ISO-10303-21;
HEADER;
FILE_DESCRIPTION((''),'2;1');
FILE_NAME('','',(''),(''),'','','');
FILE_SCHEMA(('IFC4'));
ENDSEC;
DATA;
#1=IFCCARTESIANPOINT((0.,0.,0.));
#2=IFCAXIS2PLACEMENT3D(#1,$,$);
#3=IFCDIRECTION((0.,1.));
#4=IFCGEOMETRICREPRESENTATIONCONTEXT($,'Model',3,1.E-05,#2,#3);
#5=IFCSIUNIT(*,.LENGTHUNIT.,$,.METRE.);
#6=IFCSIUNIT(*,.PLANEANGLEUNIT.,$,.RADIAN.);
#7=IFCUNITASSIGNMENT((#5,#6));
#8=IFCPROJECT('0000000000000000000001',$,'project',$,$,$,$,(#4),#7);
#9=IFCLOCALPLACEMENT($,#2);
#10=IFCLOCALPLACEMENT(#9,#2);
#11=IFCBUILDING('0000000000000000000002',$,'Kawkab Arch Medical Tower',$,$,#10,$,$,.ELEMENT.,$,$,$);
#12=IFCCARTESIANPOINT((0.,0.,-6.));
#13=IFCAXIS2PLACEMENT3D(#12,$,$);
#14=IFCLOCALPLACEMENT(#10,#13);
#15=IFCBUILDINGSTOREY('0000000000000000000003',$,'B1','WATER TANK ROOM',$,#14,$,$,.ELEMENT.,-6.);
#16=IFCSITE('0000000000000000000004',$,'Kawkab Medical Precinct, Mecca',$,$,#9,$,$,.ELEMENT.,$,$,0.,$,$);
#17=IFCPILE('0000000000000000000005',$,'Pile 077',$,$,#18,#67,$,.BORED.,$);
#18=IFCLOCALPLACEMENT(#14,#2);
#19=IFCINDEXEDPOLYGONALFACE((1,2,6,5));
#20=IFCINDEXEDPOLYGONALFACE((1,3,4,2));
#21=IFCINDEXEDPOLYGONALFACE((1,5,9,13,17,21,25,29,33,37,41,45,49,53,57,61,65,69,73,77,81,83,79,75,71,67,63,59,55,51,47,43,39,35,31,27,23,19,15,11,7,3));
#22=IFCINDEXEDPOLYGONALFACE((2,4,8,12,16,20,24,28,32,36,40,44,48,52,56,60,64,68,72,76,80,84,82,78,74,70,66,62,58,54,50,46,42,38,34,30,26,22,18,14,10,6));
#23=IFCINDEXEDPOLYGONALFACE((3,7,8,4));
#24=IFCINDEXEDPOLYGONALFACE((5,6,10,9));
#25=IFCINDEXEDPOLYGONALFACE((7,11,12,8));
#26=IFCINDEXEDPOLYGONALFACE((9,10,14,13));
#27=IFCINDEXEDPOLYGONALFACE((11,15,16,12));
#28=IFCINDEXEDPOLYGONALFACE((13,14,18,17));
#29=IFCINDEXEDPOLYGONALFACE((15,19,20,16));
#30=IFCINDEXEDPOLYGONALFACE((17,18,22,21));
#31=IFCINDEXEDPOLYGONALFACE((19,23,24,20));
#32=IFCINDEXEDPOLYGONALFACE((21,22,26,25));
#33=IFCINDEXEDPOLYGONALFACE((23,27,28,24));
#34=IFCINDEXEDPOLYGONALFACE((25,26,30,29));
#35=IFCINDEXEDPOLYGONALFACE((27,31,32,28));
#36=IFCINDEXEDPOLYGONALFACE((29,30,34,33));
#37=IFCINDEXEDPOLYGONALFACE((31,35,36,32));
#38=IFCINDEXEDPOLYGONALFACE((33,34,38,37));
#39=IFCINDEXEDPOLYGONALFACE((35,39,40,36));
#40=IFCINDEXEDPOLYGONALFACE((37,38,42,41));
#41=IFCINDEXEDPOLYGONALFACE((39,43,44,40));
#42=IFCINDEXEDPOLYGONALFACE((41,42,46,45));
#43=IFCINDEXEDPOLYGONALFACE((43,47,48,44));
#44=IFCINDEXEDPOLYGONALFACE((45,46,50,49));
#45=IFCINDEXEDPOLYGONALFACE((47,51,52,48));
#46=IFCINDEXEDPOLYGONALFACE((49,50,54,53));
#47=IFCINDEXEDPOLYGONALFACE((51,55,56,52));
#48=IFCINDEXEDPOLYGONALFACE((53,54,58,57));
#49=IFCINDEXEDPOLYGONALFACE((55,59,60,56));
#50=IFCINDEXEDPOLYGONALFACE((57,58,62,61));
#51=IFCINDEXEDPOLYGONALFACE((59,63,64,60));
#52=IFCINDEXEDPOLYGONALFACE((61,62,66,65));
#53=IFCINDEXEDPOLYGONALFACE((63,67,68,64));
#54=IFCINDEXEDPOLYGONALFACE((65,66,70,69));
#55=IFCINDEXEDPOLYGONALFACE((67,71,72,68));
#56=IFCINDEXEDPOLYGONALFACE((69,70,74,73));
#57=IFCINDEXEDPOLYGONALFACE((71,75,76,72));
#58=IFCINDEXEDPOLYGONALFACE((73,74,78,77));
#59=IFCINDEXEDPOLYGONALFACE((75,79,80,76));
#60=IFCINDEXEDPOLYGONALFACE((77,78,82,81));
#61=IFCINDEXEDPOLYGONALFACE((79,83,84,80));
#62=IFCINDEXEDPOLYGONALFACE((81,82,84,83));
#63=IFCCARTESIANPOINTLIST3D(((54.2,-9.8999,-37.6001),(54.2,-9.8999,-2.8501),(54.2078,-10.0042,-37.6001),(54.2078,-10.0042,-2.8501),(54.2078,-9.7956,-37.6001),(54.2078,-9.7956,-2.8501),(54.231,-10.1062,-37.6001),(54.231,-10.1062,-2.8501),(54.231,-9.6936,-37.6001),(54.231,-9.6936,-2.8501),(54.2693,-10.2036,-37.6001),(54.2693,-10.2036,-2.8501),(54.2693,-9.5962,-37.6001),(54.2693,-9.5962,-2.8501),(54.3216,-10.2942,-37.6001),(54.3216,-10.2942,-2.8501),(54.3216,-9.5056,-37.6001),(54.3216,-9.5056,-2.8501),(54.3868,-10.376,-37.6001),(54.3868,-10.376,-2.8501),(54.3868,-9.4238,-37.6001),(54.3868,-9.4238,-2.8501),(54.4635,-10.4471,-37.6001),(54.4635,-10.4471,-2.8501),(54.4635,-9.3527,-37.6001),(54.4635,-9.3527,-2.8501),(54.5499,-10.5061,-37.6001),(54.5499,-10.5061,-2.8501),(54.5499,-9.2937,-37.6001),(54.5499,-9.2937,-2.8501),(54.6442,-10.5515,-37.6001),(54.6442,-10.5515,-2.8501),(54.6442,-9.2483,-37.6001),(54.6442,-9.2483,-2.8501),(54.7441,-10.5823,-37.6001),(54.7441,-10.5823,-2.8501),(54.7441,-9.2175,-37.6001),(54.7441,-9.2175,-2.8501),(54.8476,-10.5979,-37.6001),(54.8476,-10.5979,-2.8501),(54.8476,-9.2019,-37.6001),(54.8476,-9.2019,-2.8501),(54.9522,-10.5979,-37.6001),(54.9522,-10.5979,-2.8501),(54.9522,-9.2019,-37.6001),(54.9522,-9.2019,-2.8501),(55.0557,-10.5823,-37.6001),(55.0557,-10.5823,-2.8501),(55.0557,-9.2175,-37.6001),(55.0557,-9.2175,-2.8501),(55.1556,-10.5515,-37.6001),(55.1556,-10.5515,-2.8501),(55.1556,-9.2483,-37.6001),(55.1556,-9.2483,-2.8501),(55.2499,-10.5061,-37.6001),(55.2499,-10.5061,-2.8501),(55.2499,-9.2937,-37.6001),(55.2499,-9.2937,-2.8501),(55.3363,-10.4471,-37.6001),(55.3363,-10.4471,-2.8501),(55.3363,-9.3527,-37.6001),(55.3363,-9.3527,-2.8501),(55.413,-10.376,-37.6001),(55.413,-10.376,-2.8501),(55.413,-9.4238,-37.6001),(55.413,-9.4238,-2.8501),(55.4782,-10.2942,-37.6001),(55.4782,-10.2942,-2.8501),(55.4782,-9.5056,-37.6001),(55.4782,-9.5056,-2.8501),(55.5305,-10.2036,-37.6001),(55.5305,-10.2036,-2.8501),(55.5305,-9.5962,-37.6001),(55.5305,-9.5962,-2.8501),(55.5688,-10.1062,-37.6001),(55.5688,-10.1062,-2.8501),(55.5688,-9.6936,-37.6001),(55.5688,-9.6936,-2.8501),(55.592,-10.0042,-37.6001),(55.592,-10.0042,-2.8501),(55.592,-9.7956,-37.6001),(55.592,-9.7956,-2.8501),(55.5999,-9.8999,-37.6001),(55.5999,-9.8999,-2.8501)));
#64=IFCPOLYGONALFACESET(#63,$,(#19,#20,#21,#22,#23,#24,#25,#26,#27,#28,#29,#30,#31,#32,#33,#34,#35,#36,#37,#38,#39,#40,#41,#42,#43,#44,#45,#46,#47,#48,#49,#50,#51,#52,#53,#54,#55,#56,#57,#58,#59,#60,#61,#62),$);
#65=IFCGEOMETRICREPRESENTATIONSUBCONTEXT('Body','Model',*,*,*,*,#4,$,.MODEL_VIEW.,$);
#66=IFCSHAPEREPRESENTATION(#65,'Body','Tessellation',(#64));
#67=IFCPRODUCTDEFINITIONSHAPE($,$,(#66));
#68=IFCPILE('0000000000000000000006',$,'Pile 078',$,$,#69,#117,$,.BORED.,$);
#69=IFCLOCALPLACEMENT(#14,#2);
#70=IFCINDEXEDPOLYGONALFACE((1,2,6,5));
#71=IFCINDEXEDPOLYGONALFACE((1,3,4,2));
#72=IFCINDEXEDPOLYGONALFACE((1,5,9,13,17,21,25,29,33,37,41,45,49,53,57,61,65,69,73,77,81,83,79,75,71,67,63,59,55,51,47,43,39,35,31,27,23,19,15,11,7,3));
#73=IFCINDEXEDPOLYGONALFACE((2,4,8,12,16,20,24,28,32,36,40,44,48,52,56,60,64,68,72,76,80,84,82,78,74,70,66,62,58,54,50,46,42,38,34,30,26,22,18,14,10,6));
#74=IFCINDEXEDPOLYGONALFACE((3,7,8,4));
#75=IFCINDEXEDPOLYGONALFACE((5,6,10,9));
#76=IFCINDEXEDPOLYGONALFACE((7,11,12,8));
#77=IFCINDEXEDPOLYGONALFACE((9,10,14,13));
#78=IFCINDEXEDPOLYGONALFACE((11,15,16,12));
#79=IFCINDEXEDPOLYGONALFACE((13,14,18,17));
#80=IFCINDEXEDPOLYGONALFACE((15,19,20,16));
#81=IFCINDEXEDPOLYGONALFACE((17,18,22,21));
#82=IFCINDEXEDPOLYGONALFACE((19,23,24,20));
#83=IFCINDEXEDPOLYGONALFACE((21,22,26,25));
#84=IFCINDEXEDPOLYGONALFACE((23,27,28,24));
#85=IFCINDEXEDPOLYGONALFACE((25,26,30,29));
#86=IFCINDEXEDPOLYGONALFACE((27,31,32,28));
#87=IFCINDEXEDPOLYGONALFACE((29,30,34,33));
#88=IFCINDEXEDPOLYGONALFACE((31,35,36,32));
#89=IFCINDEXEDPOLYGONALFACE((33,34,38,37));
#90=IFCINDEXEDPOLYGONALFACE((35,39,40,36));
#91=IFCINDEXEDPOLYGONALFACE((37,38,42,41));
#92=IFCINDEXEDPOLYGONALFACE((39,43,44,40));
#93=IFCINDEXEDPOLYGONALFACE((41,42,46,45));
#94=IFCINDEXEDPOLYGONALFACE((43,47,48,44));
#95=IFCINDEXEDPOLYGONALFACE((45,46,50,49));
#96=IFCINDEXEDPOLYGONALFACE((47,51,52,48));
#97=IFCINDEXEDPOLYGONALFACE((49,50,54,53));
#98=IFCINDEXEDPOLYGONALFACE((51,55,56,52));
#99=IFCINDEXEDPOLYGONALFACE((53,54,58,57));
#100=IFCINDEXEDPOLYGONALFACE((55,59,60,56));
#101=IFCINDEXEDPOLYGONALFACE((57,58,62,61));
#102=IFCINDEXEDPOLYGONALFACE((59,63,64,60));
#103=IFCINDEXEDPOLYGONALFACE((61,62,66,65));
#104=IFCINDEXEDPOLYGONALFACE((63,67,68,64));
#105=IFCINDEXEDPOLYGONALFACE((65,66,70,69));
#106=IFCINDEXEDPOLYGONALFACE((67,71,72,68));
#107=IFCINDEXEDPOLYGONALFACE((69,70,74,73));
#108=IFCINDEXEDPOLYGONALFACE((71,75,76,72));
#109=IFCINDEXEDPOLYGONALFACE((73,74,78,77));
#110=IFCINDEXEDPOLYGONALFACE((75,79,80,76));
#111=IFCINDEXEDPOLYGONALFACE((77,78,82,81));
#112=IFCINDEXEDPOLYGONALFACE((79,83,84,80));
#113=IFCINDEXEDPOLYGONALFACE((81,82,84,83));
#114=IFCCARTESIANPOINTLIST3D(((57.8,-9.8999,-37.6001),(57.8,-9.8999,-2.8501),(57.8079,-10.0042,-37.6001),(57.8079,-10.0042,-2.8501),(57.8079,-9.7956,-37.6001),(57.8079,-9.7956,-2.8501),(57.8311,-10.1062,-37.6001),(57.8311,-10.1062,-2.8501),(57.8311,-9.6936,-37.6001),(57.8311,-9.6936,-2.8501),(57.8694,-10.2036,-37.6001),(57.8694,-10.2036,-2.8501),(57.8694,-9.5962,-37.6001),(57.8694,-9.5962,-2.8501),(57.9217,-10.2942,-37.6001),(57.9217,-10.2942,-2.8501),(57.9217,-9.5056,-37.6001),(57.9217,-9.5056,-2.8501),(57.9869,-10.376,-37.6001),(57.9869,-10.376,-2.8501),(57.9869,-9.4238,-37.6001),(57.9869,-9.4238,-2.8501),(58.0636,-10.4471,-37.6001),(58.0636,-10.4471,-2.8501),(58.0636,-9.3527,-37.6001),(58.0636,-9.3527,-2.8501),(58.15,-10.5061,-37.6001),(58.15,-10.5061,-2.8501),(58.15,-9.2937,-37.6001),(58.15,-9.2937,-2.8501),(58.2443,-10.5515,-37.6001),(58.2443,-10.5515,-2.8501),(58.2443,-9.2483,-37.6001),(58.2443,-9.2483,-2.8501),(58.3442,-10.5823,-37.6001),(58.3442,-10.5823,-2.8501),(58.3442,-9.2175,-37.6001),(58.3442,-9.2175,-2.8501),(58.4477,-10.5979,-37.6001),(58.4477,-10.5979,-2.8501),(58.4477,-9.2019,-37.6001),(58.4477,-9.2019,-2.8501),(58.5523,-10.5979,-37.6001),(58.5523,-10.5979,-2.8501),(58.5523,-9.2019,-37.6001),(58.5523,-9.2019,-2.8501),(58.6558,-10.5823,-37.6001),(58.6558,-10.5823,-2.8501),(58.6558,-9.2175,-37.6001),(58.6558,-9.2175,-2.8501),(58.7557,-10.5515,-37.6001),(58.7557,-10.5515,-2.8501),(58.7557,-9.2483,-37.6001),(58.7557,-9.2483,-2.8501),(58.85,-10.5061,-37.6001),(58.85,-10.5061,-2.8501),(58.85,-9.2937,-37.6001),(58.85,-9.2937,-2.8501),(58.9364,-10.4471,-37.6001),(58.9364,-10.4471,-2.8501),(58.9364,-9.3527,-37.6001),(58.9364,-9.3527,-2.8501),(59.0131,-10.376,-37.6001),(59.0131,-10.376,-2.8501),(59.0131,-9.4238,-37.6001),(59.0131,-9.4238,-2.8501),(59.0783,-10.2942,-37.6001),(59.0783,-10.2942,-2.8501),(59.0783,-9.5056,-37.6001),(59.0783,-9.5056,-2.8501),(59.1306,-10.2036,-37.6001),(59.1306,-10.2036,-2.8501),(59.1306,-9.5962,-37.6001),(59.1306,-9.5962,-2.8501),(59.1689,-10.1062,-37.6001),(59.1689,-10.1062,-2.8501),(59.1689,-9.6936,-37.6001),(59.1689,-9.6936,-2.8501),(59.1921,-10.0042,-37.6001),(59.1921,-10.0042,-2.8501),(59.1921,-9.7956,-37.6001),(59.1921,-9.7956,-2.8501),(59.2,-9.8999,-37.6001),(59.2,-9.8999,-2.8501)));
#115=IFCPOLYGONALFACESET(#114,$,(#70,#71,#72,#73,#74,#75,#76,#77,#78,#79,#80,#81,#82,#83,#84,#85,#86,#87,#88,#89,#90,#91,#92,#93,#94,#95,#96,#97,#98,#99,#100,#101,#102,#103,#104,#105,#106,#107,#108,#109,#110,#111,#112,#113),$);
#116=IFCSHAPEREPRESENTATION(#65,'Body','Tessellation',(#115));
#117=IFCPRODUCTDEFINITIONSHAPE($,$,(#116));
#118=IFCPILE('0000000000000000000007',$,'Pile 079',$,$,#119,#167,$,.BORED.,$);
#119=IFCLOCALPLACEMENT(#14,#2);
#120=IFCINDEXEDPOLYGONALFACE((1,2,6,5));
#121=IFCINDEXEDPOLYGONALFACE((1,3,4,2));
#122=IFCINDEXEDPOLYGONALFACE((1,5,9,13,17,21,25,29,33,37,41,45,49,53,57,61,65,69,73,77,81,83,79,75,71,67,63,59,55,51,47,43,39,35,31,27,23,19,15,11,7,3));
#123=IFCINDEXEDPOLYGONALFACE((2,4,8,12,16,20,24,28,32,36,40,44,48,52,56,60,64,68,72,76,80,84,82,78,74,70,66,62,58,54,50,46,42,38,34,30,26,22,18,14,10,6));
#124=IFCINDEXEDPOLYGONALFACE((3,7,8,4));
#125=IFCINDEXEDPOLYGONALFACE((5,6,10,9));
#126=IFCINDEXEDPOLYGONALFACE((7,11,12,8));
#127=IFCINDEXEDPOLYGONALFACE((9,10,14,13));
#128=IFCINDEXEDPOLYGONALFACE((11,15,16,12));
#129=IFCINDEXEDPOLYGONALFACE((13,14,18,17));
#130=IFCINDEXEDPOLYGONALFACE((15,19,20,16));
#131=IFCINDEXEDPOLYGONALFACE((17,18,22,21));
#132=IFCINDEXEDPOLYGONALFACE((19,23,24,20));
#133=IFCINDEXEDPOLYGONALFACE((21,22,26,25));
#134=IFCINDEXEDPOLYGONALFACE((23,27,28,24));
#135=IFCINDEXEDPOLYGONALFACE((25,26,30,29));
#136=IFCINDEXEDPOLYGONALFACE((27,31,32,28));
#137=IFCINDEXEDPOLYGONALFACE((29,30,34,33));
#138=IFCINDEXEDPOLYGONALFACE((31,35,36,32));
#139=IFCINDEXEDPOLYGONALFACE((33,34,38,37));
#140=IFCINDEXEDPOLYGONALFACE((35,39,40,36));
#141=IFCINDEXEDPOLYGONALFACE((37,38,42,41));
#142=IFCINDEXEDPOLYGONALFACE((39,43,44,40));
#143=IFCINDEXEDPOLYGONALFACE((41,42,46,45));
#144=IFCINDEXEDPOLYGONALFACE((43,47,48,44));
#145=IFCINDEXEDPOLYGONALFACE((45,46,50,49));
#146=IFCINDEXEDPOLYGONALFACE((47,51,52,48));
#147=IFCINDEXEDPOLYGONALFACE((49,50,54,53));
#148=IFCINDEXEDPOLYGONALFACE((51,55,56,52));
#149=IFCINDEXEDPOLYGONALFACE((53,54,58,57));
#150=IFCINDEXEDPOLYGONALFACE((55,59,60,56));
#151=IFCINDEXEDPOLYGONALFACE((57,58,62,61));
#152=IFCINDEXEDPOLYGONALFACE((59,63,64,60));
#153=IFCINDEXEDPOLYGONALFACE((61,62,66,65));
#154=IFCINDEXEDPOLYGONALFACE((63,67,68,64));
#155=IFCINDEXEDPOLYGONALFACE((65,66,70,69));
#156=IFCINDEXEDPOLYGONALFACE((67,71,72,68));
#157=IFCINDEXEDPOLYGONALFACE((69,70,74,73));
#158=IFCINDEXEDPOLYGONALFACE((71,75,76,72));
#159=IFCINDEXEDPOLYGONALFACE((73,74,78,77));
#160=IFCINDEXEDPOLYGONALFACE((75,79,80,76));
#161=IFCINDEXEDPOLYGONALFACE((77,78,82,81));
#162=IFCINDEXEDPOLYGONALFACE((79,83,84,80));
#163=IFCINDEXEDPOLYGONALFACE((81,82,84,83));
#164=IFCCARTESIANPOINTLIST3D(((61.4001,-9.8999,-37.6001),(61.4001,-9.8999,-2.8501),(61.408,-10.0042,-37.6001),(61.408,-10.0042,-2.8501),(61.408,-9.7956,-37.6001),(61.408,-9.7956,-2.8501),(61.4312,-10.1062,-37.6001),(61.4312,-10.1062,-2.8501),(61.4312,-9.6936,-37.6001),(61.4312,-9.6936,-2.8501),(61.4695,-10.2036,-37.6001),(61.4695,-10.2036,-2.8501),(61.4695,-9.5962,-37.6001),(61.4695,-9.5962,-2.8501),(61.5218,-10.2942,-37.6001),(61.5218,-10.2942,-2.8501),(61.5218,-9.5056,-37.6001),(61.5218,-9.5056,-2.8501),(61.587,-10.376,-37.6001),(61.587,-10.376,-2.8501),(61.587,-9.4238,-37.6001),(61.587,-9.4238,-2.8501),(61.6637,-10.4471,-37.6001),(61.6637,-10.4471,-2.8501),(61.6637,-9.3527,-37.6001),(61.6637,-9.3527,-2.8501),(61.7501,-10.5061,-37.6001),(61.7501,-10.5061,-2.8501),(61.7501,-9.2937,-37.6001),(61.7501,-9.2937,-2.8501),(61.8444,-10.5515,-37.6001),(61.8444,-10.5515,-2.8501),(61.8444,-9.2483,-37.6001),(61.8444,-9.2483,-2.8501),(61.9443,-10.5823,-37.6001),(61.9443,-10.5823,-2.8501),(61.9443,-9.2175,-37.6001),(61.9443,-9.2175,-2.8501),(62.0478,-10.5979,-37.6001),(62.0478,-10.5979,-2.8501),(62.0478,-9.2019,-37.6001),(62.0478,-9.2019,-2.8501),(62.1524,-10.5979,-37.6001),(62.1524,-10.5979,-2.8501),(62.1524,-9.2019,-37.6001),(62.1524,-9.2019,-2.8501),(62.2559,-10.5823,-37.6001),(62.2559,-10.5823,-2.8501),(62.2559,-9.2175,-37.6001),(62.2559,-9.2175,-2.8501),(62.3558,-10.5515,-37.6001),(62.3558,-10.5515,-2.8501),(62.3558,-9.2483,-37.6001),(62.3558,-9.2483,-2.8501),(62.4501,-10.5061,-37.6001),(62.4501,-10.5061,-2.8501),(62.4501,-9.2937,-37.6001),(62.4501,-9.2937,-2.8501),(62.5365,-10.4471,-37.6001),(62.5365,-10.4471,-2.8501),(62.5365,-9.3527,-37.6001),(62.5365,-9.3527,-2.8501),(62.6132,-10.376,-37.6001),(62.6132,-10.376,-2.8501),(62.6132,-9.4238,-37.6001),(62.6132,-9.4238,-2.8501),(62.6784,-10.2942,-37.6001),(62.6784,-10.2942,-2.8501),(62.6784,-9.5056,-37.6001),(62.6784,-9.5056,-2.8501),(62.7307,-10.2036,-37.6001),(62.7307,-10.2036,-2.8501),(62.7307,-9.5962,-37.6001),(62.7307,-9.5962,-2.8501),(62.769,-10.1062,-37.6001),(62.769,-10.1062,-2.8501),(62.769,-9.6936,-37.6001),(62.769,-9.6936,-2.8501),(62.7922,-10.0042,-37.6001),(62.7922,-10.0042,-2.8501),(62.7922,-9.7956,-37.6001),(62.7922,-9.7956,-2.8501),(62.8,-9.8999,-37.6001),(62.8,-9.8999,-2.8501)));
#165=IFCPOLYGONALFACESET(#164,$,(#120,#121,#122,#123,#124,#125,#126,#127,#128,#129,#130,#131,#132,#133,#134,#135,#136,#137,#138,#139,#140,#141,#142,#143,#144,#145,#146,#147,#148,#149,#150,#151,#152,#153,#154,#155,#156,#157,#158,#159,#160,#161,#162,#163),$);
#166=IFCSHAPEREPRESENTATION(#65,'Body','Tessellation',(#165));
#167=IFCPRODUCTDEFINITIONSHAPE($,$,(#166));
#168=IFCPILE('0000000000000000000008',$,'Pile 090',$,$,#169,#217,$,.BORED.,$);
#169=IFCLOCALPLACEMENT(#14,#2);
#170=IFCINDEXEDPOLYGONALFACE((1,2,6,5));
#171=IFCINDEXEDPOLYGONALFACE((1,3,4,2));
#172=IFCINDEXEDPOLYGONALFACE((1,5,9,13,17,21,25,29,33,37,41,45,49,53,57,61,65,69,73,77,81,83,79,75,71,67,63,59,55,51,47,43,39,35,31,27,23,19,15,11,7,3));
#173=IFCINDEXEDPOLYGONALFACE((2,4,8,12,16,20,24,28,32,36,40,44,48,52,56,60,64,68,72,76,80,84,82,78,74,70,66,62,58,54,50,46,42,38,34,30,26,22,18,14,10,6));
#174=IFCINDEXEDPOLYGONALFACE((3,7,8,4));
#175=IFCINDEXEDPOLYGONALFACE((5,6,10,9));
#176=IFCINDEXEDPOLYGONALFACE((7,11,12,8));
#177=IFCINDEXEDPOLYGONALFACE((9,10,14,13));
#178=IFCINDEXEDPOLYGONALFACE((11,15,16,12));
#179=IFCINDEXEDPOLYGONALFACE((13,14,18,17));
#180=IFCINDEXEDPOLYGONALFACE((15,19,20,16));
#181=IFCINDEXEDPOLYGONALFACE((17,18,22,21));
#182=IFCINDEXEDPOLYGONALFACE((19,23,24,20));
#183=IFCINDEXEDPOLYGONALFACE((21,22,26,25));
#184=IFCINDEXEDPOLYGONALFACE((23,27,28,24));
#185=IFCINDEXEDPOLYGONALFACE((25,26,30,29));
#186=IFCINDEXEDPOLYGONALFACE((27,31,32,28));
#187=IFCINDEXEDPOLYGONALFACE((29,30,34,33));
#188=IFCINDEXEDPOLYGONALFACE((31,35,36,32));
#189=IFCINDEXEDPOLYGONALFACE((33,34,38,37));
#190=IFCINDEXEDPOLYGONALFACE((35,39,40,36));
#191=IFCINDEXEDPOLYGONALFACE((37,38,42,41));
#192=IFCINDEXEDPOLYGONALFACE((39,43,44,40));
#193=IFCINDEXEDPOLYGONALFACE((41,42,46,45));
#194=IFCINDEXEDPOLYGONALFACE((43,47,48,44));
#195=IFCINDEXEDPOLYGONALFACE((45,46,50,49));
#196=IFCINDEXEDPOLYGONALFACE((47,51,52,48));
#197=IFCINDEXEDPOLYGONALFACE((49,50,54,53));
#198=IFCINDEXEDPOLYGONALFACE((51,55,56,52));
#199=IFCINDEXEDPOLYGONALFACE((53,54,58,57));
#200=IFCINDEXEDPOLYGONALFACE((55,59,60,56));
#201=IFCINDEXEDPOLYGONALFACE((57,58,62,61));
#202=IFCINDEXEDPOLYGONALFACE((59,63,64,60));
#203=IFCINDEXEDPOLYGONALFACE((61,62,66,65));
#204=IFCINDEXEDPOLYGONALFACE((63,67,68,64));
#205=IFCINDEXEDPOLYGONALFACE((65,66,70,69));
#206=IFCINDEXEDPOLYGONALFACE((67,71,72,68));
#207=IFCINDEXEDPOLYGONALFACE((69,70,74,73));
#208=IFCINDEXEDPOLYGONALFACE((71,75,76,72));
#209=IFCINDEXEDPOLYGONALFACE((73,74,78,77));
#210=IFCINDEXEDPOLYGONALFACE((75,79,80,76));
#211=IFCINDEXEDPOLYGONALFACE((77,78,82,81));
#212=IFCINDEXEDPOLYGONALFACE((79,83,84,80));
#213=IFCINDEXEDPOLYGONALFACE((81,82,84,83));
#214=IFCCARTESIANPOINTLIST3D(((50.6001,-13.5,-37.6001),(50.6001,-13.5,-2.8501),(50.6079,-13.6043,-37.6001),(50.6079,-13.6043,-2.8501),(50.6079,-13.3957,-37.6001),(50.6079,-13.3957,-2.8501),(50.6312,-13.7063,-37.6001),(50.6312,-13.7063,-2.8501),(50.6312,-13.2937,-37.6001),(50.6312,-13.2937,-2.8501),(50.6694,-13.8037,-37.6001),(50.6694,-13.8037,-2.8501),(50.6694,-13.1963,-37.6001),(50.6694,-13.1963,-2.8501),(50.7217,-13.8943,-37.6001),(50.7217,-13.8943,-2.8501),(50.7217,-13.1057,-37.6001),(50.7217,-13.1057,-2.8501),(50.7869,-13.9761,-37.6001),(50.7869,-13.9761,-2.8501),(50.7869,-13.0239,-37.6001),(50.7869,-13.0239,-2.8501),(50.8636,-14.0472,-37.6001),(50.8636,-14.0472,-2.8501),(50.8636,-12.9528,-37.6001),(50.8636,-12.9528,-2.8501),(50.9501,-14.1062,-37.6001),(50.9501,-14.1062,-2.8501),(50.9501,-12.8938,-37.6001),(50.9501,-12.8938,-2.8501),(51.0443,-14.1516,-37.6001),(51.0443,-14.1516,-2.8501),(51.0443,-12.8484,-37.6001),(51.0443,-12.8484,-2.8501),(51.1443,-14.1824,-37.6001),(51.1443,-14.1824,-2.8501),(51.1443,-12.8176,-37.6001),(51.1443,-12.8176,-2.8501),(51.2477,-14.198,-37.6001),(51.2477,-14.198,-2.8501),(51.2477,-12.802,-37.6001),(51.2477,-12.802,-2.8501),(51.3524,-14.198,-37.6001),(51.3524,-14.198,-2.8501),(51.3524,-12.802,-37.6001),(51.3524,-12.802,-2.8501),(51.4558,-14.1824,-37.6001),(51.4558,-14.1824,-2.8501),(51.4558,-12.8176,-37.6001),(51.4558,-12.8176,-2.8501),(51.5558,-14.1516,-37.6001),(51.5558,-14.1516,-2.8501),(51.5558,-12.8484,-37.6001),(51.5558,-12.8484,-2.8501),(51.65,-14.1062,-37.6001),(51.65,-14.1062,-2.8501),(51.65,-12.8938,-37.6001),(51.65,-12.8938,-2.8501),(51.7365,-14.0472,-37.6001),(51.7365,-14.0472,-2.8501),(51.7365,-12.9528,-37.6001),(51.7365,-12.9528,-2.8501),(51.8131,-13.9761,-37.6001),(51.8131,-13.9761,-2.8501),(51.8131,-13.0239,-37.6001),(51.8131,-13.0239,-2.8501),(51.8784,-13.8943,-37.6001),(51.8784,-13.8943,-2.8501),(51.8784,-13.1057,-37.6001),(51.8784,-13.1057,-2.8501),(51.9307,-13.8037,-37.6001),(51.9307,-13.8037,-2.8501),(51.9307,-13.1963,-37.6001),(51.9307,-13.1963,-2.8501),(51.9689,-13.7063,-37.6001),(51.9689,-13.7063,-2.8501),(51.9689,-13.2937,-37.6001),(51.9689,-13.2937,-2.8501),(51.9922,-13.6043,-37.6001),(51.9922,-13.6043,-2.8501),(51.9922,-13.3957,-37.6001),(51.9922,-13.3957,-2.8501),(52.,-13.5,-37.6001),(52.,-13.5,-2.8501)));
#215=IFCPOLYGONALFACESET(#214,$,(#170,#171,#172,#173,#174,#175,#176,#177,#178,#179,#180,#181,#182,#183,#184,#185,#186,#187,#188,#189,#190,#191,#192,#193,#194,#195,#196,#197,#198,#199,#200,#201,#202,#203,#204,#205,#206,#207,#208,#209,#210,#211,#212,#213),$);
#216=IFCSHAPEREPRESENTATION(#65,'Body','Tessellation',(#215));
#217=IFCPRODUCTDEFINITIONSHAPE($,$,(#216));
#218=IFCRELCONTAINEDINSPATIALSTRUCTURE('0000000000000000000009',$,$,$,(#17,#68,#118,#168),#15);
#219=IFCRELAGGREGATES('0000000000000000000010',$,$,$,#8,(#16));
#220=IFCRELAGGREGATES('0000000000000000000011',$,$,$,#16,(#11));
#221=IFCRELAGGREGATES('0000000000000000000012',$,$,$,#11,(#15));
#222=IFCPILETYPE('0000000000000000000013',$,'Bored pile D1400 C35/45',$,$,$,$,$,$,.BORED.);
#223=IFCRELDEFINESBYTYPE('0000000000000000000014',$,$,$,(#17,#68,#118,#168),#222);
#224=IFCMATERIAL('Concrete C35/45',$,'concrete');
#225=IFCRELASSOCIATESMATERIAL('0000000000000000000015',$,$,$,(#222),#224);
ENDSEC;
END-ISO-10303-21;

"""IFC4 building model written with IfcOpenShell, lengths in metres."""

from ifc_helpers import new_model, si_unit, direction, frame, origin, origin_2d, place, context, subcontext, project, spatial, circle, extrude, material, material_profile, profile_set, type_object, element, save


model = new_model("IFC4")

# Units and contexts
model_context = context("Model", 3, precision=1e-05, world=origin(), true_north=direction((0.0, 1.0)))
body_context = subcontext(model_context, "Body", "Model", "MODEL_VIEW")
ifc_project = project(units=[si_unit("LENGTHUNIT", "METRE"), si_unit("PLANEANGLEUNIT", "RADIAN")], contexts=[model_context])

# Site, building, storey
site_placement = place(None, origin())
site = spatial("IfcSite", under=ifc_project, at=site_placement, Name="Kawkab Medical Precinct, Mecca", CompositionType="ELEMENT", RefElevation=0.0)
building_placement = place(site_placement, origin())
building = spatial("IfcBuilding", under=site, at=building_placement, Name="Kawkab Arch Medical Tower", CompositionType="ELEMENT")
storey_placement = place(building_placement, frame((0.0, 0.0, -6.0)))
storey = spatial("IfcBuildingStorey", under=building, at=storey_placement, Name="B1", Description="WATER TANK ROOM", CompositionType="ELEMENT", Elevation=-6.0)

# Piles
ifc_material_1 = material(Name="Concrete C35/45", Category="concrete")
ifc_material_profile_1 = material_profile(ifc_material_1, circle(Radius=0.7, at=origin_2d()), Name="Bored pile D1400")
ifc_profile_set_1 = profile_set([ifc_material_profile_1], Name="Concrete C35/45")
pile_type = type_object("IfcPileType", Name="Bored pile D1400 C35/45", PredefinedType="BORED", material=ifc_profile_set_1)
for number, where, z_axis, x_axis, name in (
    (1, (54.8999, -9.8999, -2.8501), (0.0, 0.0, -1.0), (1.0, 0.0, 0.0), "Pile 077"),
    (2, (58.5, -9.8999, -2.8501), (0.0, 0.0, -1.0), (1.0, 0.0, 0.0), "Pile 078"),
    (3, (62.1001, -9.8999, -2.8501), (0.0, 0.0, -1.0), (1.0, 0.0, 0.0), "Pile 079"),
    (4, (51.3, -13.5, -2.8501), (0.0, 0.0, -1.0), (1.0, 0.0, 0.0), "Pile 090"),
):
    element("IfcPile", number, at=place(storey_placement, frame(where, z_axis=z_axis, x_axis=x_axis)), inside=storey, type_object=pile_type, Name=name, PredefinedType="BORED", context=body_context, shape_type="SweptSolid", body=[
        extrude(circle(Radius=0.7, at=origin_2d()), origin(), (0.0, 0.0, 1.0), 34.75),
    ])

save(model, "model.ifc")
